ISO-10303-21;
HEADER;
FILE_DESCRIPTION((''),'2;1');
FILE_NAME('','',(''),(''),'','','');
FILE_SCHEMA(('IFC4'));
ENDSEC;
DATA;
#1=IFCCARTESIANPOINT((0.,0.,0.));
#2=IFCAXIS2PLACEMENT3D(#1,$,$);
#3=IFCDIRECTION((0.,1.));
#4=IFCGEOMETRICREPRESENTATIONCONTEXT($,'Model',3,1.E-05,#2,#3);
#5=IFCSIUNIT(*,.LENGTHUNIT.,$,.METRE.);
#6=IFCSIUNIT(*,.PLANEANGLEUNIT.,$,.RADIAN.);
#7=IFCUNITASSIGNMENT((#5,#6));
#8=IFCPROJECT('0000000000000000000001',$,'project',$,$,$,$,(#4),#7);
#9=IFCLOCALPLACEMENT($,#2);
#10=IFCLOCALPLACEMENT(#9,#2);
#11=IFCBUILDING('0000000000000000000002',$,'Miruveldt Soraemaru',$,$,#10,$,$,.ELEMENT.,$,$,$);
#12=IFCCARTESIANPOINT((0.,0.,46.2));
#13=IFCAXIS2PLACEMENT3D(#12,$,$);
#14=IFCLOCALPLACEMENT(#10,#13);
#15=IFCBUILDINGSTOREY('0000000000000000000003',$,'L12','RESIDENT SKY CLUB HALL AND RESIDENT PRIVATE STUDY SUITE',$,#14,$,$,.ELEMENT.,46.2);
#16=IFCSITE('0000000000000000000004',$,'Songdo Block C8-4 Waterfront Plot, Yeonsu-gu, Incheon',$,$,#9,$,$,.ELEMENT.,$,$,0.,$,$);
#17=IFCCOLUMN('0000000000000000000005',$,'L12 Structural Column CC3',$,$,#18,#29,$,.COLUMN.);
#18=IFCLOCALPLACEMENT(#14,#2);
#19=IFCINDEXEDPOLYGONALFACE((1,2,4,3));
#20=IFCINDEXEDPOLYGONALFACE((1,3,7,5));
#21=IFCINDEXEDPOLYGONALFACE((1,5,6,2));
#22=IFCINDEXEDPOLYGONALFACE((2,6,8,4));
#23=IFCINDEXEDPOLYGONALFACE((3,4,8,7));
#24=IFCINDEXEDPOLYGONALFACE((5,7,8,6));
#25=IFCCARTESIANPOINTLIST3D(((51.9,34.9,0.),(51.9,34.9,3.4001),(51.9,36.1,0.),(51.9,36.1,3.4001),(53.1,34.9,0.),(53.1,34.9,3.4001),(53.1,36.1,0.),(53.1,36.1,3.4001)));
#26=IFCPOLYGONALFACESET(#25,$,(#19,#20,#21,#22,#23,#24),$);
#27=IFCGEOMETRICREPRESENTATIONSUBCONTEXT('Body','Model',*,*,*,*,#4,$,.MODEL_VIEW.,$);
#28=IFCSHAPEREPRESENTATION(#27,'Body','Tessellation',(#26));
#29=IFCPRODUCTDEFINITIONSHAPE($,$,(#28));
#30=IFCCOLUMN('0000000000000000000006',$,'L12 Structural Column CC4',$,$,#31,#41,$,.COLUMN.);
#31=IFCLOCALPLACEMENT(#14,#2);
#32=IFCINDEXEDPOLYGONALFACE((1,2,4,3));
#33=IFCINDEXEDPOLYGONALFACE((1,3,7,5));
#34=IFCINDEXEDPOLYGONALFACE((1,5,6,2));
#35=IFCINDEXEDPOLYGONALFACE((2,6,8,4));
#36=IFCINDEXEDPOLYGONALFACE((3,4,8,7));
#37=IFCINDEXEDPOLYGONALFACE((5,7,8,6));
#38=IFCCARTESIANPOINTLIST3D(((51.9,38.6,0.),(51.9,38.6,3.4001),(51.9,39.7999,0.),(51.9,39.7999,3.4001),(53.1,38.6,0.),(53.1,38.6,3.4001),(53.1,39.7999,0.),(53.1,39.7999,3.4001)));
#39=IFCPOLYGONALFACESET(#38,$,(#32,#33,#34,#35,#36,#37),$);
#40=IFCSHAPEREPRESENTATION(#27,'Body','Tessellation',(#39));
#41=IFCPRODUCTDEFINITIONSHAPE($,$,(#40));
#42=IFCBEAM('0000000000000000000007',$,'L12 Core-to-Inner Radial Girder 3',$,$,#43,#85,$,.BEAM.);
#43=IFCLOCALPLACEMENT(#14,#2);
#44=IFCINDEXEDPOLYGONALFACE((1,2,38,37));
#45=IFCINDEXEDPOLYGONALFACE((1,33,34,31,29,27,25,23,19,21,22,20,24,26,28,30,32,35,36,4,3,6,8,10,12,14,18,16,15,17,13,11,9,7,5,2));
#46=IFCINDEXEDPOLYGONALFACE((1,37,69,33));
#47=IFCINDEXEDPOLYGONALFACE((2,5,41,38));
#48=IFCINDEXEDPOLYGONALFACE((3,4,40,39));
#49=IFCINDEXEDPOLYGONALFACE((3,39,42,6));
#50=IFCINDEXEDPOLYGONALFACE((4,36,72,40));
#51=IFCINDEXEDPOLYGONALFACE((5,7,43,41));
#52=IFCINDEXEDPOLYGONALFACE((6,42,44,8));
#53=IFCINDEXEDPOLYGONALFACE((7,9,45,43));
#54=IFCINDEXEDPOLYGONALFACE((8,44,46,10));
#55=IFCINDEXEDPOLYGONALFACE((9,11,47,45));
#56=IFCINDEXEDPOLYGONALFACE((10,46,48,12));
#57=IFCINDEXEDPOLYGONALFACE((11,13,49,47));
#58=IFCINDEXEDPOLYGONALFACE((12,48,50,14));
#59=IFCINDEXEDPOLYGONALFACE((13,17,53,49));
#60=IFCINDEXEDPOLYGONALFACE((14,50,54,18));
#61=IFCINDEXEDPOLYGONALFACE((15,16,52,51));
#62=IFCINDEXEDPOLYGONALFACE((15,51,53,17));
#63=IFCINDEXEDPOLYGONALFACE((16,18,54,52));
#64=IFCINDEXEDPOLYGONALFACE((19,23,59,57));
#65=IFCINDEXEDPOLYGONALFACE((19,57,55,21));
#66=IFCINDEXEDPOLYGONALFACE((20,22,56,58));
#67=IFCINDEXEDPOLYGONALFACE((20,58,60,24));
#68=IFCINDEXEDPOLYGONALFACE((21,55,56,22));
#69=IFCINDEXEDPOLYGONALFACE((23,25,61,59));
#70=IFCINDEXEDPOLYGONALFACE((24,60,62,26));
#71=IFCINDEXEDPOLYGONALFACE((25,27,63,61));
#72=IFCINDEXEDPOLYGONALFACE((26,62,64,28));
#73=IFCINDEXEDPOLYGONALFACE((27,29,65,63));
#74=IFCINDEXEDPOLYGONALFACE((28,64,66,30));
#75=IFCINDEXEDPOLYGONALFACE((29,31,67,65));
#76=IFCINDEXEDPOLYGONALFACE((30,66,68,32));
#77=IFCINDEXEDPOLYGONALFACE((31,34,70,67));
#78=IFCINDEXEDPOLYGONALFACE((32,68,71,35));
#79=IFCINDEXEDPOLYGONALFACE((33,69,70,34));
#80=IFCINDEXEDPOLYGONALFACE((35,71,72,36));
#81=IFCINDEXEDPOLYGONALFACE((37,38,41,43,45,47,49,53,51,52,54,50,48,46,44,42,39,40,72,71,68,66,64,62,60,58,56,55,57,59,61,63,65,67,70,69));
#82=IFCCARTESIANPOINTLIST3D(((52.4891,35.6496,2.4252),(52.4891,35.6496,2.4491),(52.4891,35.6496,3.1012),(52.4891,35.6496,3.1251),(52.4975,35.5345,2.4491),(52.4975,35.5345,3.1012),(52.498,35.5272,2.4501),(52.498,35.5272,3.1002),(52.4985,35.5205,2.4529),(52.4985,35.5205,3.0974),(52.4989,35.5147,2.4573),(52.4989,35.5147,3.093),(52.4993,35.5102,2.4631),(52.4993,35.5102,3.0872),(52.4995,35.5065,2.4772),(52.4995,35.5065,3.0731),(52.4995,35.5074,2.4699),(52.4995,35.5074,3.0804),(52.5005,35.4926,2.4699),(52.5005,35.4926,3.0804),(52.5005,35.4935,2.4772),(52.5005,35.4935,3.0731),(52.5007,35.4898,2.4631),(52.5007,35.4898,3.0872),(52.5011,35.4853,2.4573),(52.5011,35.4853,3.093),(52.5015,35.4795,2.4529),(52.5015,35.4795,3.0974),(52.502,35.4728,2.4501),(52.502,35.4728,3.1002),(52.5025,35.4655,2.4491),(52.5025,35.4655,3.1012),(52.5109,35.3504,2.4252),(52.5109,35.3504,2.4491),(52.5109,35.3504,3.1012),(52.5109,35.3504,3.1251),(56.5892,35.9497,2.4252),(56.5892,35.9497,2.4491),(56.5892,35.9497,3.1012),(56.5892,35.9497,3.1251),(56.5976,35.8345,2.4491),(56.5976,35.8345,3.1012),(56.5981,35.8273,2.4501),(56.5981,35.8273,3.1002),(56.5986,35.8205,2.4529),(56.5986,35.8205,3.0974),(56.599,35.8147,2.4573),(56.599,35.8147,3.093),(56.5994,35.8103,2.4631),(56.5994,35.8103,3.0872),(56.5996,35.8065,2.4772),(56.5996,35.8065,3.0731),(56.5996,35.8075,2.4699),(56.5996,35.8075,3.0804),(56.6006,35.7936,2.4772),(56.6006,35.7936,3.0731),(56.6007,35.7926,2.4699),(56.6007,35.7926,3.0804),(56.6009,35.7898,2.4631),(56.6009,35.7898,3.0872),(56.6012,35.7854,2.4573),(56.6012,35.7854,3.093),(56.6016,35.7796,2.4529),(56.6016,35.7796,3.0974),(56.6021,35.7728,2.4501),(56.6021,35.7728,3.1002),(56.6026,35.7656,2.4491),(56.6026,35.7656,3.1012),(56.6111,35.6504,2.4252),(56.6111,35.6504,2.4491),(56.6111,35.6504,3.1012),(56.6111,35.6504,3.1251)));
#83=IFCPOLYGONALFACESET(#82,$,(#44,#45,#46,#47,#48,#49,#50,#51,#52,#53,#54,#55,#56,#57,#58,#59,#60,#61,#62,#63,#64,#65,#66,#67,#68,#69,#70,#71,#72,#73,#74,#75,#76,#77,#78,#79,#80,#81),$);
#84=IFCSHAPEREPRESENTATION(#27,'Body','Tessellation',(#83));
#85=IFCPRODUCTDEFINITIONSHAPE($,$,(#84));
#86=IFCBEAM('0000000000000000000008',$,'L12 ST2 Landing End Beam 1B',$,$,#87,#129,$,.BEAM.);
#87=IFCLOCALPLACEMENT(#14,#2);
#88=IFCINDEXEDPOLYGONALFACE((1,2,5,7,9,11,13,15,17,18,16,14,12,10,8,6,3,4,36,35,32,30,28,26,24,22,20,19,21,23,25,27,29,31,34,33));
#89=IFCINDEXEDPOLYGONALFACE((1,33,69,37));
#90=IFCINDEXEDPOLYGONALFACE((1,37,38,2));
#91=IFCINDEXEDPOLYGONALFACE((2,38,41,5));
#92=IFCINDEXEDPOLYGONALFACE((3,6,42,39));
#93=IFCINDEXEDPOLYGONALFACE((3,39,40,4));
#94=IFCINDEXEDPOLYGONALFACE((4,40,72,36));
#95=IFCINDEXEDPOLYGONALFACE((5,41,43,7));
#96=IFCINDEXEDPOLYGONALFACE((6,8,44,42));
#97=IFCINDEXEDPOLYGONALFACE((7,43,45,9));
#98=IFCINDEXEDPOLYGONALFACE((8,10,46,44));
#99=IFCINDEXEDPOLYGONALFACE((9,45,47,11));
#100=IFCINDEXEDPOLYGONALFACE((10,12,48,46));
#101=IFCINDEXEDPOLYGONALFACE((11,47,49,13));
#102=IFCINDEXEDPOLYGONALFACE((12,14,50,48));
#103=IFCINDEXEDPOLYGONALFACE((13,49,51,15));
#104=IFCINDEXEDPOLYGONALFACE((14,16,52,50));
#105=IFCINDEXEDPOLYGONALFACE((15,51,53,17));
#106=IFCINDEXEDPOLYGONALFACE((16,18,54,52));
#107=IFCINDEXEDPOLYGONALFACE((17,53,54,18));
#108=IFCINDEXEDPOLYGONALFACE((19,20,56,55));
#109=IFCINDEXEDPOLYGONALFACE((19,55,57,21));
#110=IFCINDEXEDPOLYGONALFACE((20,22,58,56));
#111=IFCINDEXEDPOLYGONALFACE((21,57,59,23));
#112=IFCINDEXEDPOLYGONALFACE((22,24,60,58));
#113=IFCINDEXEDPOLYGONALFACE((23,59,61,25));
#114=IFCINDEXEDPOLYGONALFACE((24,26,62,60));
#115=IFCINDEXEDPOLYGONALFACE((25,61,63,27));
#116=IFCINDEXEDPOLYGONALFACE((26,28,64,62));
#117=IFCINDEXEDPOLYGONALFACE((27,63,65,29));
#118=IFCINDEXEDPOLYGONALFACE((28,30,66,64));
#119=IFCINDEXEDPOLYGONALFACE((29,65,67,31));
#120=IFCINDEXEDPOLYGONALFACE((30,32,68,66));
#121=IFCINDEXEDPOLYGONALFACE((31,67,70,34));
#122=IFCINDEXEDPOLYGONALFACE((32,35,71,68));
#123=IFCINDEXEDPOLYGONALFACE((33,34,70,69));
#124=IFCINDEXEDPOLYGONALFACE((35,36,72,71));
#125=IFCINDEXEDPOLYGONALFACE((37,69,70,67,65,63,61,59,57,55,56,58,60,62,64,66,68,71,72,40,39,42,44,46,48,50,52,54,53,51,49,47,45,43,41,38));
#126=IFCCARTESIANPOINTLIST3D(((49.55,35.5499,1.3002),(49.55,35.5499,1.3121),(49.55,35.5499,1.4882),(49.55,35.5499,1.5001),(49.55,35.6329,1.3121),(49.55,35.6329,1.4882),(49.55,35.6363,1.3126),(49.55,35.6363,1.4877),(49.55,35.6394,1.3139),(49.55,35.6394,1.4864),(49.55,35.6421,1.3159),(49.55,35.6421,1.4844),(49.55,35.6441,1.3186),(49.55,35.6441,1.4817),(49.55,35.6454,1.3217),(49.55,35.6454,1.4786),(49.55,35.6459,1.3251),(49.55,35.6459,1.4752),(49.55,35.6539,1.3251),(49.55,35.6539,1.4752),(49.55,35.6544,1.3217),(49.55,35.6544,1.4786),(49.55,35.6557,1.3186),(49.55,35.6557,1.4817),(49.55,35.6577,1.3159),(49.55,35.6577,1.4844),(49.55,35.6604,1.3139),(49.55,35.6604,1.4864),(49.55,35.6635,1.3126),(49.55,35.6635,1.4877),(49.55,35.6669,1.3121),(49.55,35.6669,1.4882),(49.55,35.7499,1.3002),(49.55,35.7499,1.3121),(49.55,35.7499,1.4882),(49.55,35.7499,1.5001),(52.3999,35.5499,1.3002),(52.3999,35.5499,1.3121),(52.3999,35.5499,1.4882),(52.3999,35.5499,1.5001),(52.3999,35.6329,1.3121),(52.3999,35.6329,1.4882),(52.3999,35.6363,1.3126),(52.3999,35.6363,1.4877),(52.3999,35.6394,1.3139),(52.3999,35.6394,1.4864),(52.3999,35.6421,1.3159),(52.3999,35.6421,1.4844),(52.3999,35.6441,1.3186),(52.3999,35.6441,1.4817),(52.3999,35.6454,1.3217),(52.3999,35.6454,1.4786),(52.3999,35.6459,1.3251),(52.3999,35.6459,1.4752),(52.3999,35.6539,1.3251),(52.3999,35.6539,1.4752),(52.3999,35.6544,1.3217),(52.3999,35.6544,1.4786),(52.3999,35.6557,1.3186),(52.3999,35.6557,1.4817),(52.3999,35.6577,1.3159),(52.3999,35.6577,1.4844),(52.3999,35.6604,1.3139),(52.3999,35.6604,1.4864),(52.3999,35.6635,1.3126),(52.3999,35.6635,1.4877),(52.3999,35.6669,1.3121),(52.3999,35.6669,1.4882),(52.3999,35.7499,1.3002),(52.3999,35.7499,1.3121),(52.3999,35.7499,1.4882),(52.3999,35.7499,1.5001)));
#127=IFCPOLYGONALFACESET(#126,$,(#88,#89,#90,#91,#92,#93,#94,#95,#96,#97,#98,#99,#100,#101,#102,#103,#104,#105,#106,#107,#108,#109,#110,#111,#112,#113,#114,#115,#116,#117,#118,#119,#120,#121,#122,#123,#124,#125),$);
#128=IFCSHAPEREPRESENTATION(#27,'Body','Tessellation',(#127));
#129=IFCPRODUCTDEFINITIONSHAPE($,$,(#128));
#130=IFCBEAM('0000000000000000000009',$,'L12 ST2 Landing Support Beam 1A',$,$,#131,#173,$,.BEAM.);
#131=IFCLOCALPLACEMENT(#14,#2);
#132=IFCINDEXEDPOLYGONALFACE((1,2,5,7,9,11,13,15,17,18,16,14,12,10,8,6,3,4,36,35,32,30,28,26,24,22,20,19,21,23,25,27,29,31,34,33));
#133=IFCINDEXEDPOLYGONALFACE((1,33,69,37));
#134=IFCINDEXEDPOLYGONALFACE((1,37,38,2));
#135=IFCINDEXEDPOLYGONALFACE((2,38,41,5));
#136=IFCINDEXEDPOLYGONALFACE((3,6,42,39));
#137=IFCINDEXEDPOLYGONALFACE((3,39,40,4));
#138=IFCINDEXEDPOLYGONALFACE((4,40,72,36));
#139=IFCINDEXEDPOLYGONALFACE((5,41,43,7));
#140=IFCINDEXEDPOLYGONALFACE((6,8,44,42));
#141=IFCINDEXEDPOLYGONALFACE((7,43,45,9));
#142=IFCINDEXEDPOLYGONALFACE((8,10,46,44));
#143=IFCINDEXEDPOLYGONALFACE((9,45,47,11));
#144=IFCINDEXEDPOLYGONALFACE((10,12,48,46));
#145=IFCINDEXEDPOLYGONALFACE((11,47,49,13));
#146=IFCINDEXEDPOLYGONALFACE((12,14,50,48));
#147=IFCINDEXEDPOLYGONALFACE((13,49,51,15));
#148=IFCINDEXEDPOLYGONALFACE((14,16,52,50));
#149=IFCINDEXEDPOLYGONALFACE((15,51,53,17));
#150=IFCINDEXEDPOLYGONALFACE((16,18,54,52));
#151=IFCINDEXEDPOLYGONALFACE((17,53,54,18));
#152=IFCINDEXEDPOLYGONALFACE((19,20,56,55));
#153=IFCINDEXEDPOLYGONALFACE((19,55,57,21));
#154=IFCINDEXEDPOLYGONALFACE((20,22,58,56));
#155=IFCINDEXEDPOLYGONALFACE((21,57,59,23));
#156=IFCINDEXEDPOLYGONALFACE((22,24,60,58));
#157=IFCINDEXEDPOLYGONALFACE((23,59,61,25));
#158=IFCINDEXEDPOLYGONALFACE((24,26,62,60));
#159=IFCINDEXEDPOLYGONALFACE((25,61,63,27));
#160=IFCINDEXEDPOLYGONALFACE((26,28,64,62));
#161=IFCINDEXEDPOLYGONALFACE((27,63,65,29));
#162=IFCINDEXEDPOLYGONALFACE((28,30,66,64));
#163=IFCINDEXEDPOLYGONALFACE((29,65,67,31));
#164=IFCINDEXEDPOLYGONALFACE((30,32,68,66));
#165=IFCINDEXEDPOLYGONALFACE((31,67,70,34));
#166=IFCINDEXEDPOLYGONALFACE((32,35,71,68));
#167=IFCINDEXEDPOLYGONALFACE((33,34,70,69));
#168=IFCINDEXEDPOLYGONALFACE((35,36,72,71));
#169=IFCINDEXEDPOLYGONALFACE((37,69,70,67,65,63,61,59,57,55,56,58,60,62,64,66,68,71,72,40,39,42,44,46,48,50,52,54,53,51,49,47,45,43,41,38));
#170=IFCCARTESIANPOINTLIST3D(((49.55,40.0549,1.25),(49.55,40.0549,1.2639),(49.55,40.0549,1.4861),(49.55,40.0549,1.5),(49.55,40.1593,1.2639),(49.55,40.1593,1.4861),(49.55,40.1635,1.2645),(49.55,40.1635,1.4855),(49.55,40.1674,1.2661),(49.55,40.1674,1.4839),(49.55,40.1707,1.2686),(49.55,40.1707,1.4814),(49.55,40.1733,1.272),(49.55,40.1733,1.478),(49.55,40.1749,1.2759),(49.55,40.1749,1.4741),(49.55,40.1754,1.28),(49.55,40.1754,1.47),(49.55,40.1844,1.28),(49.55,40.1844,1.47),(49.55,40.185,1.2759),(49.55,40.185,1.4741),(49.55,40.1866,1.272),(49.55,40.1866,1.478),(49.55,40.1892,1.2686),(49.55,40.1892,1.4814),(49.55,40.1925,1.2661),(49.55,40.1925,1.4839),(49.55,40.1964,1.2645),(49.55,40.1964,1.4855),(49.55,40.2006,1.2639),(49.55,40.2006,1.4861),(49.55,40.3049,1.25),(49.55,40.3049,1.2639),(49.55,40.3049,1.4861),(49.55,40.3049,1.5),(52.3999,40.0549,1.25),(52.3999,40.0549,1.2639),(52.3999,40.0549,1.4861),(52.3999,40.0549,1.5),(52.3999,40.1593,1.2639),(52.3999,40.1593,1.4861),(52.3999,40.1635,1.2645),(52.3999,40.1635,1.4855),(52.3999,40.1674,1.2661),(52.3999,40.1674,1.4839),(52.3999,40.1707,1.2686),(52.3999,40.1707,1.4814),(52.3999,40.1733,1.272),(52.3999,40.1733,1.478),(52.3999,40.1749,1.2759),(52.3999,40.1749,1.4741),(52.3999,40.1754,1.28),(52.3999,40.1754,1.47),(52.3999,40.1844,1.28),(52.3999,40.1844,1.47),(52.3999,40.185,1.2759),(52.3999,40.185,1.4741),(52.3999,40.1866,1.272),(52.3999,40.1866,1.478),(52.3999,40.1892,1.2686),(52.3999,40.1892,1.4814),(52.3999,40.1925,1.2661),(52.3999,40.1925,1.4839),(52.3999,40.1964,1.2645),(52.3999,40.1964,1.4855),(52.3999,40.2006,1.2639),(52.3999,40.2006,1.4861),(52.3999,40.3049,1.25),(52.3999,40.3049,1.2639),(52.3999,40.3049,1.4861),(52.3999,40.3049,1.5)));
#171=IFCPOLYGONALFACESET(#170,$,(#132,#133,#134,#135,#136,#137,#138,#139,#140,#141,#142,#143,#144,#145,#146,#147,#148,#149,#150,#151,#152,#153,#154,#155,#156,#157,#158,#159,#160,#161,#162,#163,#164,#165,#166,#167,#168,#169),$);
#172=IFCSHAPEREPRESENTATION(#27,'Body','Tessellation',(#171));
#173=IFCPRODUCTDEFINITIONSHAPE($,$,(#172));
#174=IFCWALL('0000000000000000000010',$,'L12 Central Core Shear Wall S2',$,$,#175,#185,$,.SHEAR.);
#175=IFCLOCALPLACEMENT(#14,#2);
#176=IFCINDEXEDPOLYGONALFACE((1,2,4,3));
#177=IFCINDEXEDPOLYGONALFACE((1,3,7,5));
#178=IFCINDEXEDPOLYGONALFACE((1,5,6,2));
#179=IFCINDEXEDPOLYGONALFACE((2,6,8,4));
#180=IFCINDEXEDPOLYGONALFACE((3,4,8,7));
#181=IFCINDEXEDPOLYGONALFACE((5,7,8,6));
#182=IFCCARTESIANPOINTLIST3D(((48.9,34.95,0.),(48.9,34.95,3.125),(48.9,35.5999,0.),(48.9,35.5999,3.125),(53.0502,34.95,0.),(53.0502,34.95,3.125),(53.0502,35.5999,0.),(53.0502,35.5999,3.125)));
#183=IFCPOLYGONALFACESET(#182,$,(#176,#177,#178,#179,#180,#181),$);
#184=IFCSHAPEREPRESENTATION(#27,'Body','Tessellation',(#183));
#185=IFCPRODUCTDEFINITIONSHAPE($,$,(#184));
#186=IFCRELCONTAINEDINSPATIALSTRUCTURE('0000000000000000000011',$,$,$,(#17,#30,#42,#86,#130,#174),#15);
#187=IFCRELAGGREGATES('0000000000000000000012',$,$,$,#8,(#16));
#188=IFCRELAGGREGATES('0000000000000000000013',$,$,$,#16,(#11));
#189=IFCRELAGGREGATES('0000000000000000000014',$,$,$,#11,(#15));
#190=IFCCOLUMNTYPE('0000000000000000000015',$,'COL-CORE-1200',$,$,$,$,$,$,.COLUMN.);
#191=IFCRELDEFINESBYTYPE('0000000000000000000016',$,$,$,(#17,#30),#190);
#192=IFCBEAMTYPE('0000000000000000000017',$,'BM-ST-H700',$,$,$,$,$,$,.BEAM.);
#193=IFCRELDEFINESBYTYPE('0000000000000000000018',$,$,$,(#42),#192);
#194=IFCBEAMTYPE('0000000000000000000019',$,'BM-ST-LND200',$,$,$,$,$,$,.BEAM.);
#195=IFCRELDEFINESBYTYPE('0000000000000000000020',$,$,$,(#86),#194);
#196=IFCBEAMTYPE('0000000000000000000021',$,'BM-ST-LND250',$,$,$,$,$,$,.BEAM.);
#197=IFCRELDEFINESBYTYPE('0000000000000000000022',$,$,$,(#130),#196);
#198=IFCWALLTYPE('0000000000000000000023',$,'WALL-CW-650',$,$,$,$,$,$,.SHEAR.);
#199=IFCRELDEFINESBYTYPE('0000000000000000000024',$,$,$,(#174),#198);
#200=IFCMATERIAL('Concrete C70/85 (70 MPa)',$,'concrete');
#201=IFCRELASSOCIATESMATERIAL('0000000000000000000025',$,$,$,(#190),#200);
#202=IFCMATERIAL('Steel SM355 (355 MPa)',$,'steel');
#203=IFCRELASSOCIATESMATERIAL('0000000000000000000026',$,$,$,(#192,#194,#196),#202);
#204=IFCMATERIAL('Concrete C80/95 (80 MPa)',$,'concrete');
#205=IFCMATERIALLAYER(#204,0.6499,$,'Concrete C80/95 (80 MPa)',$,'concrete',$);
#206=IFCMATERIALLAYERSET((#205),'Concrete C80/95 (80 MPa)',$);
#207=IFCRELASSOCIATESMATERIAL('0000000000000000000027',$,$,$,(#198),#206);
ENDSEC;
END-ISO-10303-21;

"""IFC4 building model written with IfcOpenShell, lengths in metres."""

from ifc_helpers import new_model, si_unit, direction, frame, frame_2d, origin, origin_2d, place, context, subcontext, project, spatial, rectangle, i_section, extrude, material, layer, layer_set, material_profile, profile_set, type_object, element, save


model = new_model("IFC4")

# Units and contexts
model_context = context("Model", 3, precision=1e-05, world=origin(), true_north=direction((0.0, 1.0)))
body_context = subcontext(model_context, "Body", "Model", "MODEL_VIEW")
ifc_project = project(units=[si_unit("LENGTHUNIT", "METRE"), si_unit("PLANEANGLEUNIT", "RADIAN")], contexts=[model_context])

# Site, building, storey
site_placement = place(None, origin())
site = spatial("IfcSite", under=ifc_project, at=site_placement, Name="Songdo Block C8-4 Waterfront Plot, Yeonsu-gu, Incheon", CompositionType="ELEMENT", RefElevation=0.0)
building_placement = place(site_placement, origin())
building = spatial("IfcBuilding", under=site, at=building_placement, Name="Miruveldt Soraemaru", CompositionType="ELEMENT")
storey_placement = place(building_placement, frame((0.0, 0.0, 46.2)))
storey = spatial("IfcBuildingStorey", under=building, at=storey_placement, Name="L12", Description="RESIDENT SKY CLUB HALL AND RESIDENT PRIVATE STUDY SUITE", CompositionType="ELEMENT", Elevation=46.2)

# Columns
ifc_material_1 = material(Name="Concrete C70/85 (70 MPa)", Category="concrete")
ifc_material_profile_1 = material_profile(ifc_material_1, rectangle(XDim=1.2, YDim=1.2, at=origin_2d()), Name="Concrete C70/85 (70 MPa)", Category="concrete")
ifc_profile_set_1 = profile_set([ifc_material_profile_1], Name="Concrete C70/85 (70 MPa)")
column_type = type_object("IfcColumnType", Name="COL-CORE-1200", PredefinedType="COLUMN", material=ifc_profile_set_1)
for number, where, z_axis, x_axis, name in (
    (1, (52.5, 35.5, 0.0), (0.0, 0.0, 1.0), (1.0, 0.0, 0.0), "L12 Structural Column CC3"),
    (2, (52.5, 39.2, 0.0), (0.0, 0.0, 1.0), (1.0, 0.0, 0.0), "L12 Structural Column CC4"),
):
    element("IfcColumn", number, at=place(storey_placement, frame(where, z_axis=z_axis, x_axis=x_axis)), inside=storey, type_object=column_type, Name=name, PredefinedType="COLUMN", context=body_context, shape_type="SweptSolid", body=[
        extrude(rectangle(XDim=1.2, YDim=1.2, at=origin_2d()), origin(), (0.0, 0.0, 1.0), 3.4001),
    ])

# Beams
ifc_material_2 = material(Name="Steel SM355 (355 MPa)", Category="steel")
ifc_material_profile_2 = material_profile(ifc_material_2, i_section(OverallWidth=0.3, OverallDepth=0.7, WebThickness=0.0129, FlangeThickness=0.0239, FilletRadius=0.0281, at=origin_2d()), Name="Steel SM355 (355 MPa)", Category="steel")
ifc_profile_set_2 = profile_set([ifc_material_profile_2], Name="Steel SM355 (355 MPa)")
beam_type_1 = type_object("IfcBeamType", Name="BM-ST-H700", PredefinedType="BEAM", material=ifc_profile_set_2)
beam_1_placement = place(storey_placement, frame((52.5, 35.5, 2.7751), z_axis=(0.997333, 0.072986, 0.0), x_axis=(-0.072986, 0.997333, 0.0)))
element("IfcBeam", 3, at=beam_1_placement, inside=storey, type_object=beam_type_1, Name="L12 Core-to-Inner Radial Girder 3", PredefinedType="BEAM", context=body_context, shape_type="SweptSolid", body=[
    extrude(i_section(OverallWidth=0.3, OverallDepth=0.7, WebThickness=0.0129, FlangeThickness=0.0239, FilletRadius=0.0281, at=origin_2d()), origin(), (0.0, 0.0, 1.0), 4.1111),
])
ifc_material_profile_3 = material_profile(ifc_material_2, i_section(OverallWidth=0.2, OverallDepth=0.2, WebThickness=0.0081, FlangeThickness=0.012, FilletRadius=0.0129, at=origin_2d()), Name="Steel SM355 (355 MPa)", Category="steel")
ifc_profile_set_3 = profile_set([ifc_material_profile_3], Name="Steel SM355 (355 MPa)")
beam_type_2 = type_object("IfcBeamType", Name="BM-ST-LND200", PredefinedType="BEAM", material=ifc_profile_set_3)
beam_2_placement = place(storey_placement, frame((49.55, 35.6499, 1.4001), z_axis=(1.0, 0.0, 0.0), x_axis=(0.0, 1.0, 0.0)))
element("IfcBeam", 4, at=beam_2_placement, inside=storey, type_object=beam_type_2, Name="L12 ST2 Landing End Beam 1B", PredefinedType="BEAM", context=body_context, shape_type="SweptSolid", body=[
    extrude(i_section(OverallWidth=0.2, OverallDepth=0.2, WebThickness=0.0081, FlangeThickness=0.012, FilletRadius=0.0129, at=origin_2d()), origin(), (0.0, 0.0, 1.0), 2.8499),
])
ifc_material_profile_4 = material_profile(ifc_material_2, i_section(OverallWidth=0.25, OverallDepth=0.25, WebThickness=0.009, FlangeThickness=0.0139, FilletRadius=0.0161, at=origin_2d()), Name="Steel SM355 (355 MPa)", Category="steel")
ifc_profile_set_4 = profile_set([ifc_material_profile_4], Name="Steel SM355 (355 MPa)")
beam_type_3 = type_object("IfcBeamType", Name="BM-ST-LND250", PredefinedType="BEAM", material=ifc_profile_set_4)
beam_3_placement = place(storey_placement, frame((49.55, 40.1799, 1.375), z_axis=(1.0, 0.0, 0.0), x_axis=(0.0, 1.0, 0.0)))
element("IfcBeam", 5, at=beam_3_placement, inside=storey, type_object=beam_type_3, Name="L12 ST2 Landing Support Beam 1A", PredefinedType="BEAM", context=body_context, shape_type="SweptSolid", body=[
    extrude(i_section(OverallWidth=0.25, OverallDepth=0.25, WebThickness=0.009, FlangeThickness=0.0139, FilletRadius=0.0161, at=origin_2d()), origin(), (0.0, 0.0, 1.0), 2.8499),
])

# Wall
ifc_material_3 = material(Name="Concrete C80/95 (80 MPa)", Category="concrete")
ifc_layer_1 = layer(ifc_material_3, 0.6499, Name="Concrete C80/95 (80 MPa)", Category="concrete")
ifc_layer_set_1 = layer_set([ifc_layer_1], Name="Concrete C80/95 (80 MPa)")
wall_type_1 = type_object("IfcWallType", Name="WALL-CW-650", PredefinedType="SHEAR", material=ifc_layer_set_1)
wall_1_placement = place(storey_placement, frame((48.8999, 35.2749, 0.0), z_axis=(0.0, 0.0, 1.0), x_axis=(1.0, 0.0, 0.0)))
element("IfcWall", 6, at=wall_1_placement, inside=storey, type_object=wall_type_1, Name="L12 Central Core Shear Wall S2", PredefinedType="SHEAR", context=body_context, shape_type="SweptSolid", body=[
    extrude(rectangle(XDim=4.1501, YDim=0.6499, at=frame_2d((2.0752, 0.0))), origin(), (0.0, 0.0, 1.0), 3.125),
])

save(model, "model.ifc")
